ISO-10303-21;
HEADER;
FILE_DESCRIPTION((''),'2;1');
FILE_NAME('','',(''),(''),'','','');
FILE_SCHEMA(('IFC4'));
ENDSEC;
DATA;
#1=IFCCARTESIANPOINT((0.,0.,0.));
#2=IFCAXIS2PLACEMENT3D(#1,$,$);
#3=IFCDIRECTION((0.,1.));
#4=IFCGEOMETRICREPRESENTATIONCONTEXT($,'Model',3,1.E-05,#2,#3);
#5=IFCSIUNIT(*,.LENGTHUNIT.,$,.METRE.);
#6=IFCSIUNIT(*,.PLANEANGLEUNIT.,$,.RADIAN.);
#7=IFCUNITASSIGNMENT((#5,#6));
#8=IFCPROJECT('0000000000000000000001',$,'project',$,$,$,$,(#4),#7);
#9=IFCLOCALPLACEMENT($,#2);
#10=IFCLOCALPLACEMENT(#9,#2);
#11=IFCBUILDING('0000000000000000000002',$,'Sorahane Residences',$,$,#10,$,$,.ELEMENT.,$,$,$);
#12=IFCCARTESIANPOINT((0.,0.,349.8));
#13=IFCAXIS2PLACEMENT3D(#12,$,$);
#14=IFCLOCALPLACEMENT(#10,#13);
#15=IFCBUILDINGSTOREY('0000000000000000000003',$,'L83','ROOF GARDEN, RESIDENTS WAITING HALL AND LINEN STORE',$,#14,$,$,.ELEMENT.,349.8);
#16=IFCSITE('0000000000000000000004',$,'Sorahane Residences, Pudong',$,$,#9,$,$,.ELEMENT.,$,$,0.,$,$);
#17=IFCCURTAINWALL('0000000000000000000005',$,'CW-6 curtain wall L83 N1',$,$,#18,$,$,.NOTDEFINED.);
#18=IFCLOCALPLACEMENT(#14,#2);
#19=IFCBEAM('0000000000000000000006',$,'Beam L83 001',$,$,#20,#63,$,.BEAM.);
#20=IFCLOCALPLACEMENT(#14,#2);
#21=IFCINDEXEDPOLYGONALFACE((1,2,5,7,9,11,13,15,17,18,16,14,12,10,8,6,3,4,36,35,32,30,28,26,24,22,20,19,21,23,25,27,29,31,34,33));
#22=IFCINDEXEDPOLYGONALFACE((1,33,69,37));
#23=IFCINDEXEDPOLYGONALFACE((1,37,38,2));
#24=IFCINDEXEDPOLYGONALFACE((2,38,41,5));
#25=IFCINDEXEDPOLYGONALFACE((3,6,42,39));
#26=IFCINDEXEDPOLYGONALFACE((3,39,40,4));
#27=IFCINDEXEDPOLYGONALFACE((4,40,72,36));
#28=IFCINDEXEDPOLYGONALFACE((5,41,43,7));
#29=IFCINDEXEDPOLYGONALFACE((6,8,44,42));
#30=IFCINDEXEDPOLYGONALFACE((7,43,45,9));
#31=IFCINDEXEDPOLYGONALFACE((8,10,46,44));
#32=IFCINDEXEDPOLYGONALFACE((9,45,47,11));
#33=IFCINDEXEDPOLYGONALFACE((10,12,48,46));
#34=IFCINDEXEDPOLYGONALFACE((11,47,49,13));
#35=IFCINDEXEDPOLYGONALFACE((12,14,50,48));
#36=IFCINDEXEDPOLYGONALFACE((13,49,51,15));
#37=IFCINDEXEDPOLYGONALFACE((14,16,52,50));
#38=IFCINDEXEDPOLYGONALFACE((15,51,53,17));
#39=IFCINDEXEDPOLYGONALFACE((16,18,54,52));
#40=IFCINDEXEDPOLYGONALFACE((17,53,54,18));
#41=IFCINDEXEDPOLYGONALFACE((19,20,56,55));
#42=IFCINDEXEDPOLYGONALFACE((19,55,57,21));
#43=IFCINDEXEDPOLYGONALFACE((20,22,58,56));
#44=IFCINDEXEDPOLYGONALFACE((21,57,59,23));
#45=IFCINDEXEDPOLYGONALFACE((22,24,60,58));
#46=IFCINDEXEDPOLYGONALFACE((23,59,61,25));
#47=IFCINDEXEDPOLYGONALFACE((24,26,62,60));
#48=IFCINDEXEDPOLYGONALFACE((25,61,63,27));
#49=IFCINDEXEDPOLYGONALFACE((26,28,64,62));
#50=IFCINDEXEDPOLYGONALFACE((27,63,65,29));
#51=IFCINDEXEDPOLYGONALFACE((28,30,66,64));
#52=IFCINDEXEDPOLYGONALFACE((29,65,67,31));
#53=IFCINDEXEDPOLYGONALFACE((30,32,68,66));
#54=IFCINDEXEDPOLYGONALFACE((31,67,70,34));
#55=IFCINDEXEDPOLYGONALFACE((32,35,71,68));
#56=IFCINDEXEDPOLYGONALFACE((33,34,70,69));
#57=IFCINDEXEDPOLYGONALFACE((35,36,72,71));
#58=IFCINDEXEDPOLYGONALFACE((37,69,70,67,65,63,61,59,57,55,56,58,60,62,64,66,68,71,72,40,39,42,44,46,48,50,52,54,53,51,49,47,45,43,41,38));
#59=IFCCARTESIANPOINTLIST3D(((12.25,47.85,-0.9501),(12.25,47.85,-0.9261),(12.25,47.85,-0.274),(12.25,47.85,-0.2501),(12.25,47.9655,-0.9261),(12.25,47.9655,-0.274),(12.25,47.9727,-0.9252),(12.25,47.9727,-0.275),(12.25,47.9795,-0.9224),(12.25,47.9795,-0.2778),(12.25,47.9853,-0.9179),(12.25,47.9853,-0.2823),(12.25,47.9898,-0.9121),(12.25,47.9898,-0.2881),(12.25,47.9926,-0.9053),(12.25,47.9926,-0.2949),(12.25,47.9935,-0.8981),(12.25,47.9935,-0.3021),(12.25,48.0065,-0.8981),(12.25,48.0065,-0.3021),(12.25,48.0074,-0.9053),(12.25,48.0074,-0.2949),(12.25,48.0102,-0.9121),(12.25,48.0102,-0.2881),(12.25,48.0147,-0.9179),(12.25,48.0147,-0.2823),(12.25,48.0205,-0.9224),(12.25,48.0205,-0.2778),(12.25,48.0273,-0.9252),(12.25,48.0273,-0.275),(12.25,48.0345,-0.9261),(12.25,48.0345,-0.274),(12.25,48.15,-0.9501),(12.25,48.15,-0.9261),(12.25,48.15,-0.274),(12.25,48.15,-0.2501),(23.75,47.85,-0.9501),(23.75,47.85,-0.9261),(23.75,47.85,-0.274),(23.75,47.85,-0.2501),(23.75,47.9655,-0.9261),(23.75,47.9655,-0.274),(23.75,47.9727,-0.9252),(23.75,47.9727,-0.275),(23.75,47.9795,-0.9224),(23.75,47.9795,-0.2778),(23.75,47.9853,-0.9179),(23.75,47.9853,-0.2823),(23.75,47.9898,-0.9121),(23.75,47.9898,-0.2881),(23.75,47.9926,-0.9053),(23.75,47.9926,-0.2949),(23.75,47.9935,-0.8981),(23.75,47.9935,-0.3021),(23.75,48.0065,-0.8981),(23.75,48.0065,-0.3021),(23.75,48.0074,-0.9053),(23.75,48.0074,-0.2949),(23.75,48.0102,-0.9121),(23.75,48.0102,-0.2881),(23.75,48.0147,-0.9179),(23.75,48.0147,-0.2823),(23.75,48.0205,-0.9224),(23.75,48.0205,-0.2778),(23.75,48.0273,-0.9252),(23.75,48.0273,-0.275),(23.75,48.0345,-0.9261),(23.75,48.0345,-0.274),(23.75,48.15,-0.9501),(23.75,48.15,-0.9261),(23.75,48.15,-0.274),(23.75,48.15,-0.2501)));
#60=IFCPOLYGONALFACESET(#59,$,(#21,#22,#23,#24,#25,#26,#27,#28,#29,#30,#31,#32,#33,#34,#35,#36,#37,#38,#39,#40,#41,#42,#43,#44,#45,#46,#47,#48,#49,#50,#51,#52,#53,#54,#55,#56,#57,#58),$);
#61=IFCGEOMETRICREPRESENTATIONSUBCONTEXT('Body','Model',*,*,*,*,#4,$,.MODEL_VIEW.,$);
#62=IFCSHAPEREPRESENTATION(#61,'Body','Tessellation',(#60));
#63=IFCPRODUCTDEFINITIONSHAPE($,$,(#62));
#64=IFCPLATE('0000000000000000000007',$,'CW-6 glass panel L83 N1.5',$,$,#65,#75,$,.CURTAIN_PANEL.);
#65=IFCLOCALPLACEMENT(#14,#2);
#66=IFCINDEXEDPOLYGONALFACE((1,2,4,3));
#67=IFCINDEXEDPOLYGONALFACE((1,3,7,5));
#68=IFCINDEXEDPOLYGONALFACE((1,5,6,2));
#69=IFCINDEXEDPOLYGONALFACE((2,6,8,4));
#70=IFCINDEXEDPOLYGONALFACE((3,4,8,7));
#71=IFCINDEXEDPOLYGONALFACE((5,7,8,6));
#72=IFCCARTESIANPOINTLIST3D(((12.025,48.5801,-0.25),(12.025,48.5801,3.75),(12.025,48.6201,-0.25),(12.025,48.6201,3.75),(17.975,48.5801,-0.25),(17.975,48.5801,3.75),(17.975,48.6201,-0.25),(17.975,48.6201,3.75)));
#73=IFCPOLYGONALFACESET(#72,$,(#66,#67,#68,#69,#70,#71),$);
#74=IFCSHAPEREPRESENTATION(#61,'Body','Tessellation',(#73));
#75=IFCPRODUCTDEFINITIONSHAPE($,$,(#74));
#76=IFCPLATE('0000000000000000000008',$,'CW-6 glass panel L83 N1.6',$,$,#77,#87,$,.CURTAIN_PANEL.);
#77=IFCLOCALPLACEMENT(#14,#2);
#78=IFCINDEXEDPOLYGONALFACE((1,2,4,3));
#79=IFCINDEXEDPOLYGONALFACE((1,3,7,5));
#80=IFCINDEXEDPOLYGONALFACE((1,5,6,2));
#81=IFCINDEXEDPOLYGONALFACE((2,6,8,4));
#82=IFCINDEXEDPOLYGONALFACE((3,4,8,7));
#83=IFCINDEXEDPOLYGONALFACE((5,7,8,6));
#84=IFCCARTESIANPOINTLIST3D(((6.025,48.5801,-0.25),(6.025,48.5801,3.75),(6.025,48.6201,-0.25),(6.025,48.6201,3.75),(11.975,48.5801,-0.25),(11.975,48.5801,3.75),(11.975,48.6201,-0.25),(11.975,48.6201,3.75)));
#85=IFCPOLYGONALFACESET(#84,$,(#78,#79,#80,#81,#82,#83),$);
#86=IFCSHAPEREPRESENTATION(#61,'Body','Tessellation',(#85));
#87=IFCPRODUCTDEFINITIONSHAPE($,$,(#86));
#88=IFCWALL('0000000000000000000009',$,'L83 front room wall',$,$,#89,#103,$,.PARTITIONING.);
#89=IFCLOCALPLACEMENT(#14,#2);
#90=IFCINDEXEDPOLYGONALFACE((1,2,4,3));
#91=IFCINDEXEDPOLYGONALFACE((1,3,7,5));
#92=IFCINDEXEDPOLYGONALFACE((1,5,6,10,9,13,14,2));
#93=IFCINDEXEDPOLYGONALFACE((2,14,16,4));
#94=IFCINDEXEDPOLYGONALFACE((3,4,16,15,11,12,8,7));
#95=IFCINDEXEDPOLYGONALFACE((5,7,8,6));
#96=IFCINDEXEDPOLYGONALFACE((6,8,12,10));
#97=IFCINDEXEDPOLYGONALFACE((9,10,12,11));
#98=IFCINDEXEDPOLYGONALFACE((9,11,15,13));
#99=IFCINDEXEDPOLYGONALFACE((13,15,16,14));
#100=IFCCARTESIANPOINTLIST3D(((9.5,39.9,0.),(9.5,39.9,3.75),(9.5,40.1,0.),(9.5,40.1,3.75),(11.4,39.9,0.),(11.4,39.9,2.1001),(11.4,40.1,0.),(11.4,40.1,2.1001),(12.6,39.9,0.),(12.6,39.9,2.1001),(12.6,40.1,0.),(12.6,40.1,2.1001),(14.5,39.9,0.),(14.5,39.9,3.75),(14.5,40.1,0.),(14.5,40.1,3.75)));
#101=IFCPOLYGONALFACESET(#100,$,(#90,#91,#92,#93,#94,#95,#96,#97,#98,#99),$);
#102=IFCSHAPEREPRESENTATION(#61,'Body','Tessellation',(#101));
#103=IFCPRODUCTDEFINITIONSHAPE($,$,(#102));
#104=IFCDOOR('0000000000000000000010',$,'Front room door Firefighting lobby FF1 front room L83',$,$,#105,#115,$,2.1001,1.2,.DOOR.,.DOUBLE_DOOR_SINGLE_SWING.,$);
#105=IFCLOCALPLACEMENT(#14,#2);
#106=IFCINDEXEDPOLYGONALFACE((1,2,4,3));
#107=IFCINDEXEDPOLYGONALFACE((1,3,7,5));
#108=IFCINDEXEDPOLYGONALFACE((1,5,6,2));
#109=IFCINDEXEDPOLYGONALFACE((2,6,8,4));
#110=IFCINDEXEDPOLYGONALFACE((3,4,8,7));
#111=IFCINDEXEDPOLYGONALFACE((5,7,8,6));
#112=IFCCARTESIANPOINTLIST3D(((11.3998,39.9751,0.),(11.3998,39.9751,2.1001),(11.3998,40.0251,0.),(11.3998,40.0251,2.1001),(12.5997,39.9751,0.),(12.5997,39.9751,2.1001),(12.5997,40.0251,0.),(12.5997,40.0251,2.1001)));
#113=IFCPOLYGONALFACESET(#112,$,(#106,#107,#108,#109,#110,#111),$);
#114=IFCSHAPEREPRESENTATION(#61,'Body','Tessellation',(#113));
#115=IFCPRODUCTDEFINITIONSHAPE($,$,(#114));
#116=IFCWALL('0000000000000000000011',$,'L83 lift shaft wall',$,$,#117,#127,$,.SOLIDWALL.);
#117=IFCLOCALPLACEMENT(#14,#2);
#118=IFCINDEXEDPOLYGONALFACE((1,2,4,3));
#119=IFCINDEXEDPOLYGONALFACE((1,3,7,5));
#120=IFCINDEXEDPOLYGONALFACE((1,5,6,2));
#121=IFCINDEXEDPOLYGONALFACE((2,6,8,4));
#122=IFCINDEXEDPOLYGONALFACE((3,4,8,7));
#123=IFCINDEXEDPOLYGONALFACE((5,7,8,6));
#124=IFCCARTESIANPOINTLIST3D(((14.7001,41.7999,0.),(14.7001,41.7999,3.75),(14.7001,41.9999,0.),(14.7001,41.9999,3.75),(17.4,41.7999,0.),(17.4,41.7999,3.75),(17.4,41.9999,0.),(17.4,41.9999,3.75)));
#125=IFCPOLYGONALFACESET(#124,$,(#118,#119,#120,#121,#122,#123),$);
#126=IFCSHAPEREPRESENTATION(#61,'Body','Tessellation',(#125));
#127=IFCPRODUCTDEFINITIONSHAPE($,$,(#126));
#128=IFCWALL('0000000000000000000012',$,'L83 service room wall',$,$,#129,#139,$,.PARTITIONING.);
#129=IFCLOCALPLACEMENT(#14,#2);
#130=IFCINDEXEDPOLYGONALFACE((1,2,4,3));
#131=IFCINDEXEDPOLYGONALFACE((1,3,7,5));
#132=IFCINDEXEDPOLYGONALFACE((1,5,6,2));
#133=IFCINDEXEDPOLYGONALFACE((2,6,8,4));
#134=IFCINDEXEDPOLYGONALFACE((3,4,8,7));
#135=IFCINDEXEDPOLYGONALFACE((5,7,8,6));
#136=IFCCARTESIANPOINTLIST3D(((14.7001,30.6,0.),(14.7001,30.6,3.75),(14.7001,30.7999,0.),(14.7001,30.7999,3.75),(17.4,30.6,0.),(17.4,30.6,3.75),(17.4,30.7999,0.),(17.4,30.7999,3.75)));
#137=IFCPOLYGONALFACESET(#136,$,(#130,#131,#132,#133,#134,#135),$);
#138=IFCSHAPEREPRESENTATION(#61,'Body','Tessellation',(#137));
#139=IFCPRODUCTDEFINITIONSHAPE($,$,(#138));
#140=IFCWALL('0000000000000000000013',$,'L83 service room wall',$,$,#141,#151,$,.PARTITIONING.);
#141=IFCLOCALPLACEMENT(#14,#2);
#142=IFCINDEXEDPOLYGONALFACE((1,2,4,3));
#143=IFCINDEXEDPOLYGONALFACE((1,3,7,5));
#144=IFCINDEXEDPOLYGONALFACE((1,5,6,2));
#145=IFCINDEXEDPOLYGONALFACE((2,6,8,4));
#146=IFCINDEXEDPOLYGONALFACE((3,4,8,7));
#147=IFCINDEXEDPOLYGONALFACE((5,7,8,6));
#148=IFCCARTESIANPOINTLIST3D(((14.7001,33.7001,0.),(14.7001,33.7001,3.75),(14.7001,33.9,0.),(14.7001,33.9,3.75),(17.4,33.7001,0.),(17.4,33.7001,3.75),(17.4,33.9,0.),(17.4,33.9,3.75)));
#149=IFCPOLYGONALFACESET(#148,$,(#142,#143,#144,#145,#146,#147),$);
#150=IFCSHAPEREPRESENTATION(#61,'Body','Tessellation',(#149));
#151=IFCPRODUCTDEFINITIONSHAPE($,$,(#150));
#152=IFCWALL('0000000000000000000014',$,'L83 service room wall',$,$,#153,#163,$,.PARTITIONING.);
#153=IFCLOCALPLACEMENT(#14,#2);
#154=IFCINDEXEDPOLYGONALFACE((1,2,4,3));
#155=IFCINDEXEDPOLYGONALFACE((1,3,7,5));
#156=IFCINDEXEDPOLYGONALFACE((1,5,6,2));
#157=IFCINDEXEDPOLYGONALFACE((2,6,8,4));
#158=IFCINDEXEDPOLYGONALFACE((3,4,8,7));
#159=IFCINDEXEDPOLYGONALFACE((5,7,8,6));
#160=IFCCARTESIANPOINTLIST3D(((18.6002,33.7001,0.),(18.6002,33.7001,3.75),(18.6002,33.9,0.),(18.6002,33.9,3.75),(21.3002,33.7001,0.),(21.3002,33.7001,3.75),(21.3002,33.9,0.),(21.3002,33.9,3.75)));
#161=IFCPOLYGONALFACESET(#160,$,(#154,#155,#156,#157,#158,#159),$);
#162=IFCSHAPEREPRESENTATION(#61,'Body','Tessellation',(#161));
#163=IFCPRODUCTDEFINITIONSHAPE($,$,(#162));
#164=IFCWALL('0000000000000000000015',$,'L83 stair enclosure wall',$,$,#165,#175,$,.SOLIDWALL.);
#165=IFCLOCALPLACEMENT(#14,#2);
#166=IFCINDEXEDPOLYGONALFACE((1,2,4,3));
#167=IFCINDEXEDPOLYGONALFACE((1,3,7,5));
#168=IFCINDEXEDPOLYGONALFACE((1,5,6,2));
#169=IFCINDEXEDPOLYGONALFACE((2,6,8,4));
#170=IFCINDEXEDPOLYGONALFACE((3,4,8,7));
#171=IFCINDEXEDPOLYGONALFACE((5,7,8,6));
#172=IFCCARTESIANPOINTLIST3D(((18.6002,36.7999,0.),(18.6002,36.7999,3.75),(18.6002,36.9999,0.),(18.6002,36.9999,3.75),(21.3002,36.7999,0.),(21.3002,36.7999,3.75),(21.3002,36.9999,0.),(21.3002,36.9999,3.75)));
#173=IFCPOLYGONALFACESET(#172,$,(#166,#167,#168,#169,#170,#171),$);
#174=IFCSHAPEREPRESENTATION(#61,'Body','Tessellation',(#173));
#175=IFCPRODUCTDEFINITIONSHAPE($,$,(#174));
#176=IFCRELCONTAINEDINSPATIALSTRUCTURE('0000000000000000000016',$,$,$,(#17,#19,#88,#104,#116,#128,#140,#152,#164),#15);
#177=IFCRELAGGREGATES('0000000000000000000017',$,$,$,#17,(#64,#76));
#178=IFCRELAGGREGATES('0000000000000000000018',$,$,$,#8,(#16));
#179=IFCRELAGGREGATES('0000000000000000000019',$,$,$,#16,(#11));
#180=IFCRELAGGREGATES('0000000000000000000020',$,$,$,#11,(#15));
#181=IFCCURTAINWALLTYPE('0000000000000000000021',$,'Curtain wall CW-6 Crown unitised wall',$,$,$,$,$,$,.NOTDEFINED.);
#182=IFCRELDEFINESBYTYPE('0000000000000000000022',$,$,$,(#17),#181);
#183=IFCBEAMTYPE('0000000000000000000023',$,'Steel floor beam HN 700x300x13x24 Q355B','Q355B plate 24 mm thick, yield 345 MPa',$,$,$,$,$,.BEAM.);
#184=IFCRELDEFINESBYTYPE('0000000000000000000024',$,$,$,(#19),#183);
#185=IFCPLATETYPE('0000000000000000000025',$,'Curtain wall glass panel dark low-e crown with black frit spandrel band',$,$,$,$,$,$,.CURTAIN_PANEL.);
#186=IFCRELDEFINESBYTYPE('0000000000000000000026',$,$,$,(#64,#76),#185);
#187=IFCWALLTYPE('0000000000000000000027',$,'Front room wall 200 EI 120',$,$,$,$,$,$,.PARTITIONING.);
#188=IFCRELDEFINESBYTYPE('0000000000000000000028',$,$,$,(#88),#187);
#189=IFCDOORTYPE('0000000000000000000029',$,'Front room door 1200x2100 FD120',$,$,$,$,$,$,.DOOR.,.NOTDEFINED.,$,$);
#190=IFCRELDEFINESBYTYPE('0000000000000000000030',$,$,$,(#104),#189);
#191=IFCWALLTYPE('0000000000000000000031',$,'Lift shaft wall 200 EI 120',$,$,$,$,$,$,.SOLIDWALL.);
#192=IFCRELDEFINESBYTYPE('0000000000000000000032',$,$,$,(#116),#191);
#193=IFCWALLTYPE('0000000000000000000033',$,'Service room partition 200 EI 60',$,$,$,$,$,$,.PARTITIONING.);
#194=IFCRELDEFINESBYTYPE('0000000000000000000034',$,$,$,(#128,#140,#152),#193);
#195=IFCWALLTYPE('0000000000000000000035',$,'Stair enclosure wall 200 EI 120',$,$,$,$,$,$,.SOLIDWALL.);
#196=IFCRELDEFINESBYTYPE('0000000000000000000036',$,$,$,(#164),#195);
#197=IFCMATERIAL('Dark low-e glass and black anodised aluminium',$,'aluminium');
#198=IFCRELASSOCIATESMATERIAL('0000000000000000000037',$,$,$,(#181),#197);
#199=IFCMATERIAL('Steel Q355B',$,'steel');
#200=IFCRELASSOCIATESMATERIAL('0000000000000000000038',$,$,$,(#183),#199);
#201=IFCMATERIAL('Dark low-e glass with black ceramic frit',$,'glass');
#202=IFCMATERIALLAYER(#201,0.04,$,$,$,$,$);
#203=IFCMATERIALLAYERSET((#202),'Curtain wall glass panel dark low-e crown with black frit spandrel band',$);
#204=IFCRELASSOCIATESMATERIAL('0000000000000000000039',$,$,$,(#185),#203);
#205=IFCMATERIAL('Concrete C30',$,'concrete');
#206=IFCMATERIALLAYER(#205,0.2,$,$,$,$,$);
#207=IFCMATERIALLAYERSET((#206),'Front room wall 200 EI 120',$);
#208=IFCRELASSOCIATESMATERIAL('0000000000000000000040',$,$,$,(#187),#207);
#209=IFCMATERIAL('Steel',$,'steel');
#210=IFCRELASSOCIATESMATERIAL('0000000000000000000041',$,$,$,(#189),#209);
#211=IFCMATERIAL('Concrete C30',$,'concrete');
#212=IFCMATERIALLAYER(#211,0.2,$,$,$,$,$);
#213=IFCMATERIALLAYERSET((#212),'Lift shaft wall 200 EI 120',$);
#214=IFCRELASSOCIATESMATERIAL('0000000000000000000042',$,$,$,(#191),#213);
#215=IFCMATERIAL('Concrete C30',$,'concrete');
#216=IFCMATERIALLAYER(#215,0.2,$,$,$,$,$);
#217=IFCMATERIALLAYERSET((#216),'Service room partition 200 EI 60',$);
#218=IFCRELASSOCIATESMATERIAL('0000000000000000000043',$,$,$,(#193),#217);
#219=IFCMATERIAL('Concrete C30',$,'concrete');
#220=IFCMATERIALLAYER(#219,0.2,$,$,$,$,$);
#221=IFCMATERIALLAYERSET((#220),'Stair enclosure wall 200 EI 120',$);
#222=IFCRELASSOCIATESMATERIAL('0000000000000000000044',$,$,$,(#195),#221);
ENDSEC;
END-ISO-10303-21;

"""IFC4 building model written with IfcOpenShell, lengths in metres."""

from ifc_helpers import new_model, si_unit, direction, frame, frame_2d, origin, origin_2d, place, context, subcontext, project, spatial, rectangle, i_section, extrude, material, layer, layer_set, material_profile, profile_set, type_object, element, fill, aggregate, save


model = new_model("IFC4")

# Units and contexts
model_context = context("Model", 3, precision=1e-05, world=origin(), true_north=direction((0.0, 1.0)))
body_context = subcontext(model_context, "Body", "Model", "MODEL_VIEW")
ifc_project = project(units=[si_unit("LENGTHUNIT", "METRE"), si_unit("PLANEANGLEUNIT", "RADIAN")], contexts=[model_context])

# Site, building, storey
site_placement = place(None, origin())
site = spatial("IfcSite", under=ifc_project, at=site_placement, Name="Sorahane Residences, Pudong", CompositionType="ELEMENT", RefElevation=0.0)
building_placement = place(site_placement, origin())
building = spatial("IfcBuilding", under=site, at=building_placement, Name="Sorahane Residences", CompositionType="ELEMENT")
storey_placement = place(building_placement, frame((0.0, 0.0, 349.8)))
storey = spatial("IfcBuildingStorey", under=building, at=storey_placement, Name="L83", Description="ROOF GARDEN, RESIDENTS WAITING HALL AND LINEN STORE", CompositionType="ELEMENT", Elevation=349.8)

# Curtain wall
ifc_material_1 = material(Name="Dark low-e glass and black anodised aluminium", Category="aluminium")
curtain_wall_type = type_object("IfcCurtainWallType", Name="Curtain wall CW-6 Crown unitised wall", PredefinedType="NOTDEFINED", material=ifc_material_1)
curtain_wall_placement = place(storey_placement, origin())
curtain_wall = element("IfcCurtainWall", 1, at=curtain_wall_placement, inside=storey, type_object=curtain_wall_type, Name="CW-6 curtain wall L83 N1", PredefinedType="NOTDEFINED")

# Beam
ifc_material_2 = material(Name="Steel Q355B", Category="steel")
ifc_material_profile_1 = material_profile(ifc_material_2, i_section(OverallWidth=0.3, OverallDepth=0.7, WebThickness=0.0129, FlangeThickness=0.0239, FilletRadius=0.0281, at=origin_2d()), Name="HN 700x300x13x24")
ifc_profile_set_1 = profile_set([ifc_material_profile_1], Name="Steel Q355B")
beam_type_1 = type_object("IfcBeamType", Name="Steel floor beam HN 700x300x13x24 Q355B", Description="Q355B plate 24 mm thick, yield 345 MPa", PredefinedType="BEAM", material=ifc_profile_set_1)
beam_1_placement = place(storey_placement, frame((12.25, 48.0, -0.6001), z_axis=(1.0, 0.0, 0.0), x_axis=(0.0, 1.0, 0.0)))
element("IfcBeam", 2, at=beam_1_placement, inside=storey, type_object=beam_type_1, Name="Beam L83 001", PredefinedType="BEAM", context=body_context, shape_type="SweptSolid", body=[
    extrude(i_section(OverallWidth=0.3, OverallDepth=0.7, WebThickness=0.0129, FlangeThickness=0.0239, FilletRadius=0.0281, at=origin_2d()), origin(), (0.0, 0.0, 1.0), 11.5),
])

# Plates
ifc_material_3 = material(Name="Dark low-e glass with black ceramic frit", Category="glass")
ifc_layer_1 = layer(ifc_material_3, 0.04)
ifc_layer_set_1 = layer_set([ifc_layer_1], Name="Curtain wall glass panel dark low-e crown with black frit spandrel band")
plate_type = type_object("IfcPlateType", Name="Curtain wall glass panel dark low-e crown with black frit spandrel band", PredefinedType="CURTAIN_PANEL", material=ifc_layer_set_1)
plate_1_placement = place(storey_placement, frame((15.0, 48.6001, -0.25), z_axis=(0.0, 0.0, 1.0), x_axis=(-1.0, 0.0, 0.0)))
plate_1 = element("IfcPlate", 3, at=plate_1_placement, type_object=plate_type, Name="CW-6 glass panel L83 N1.5", PredefinedType="CURTAIN_PANEL", context=body_context, shape_type="SweptSolid", body=[
    extrude(rectangle(XDim=5.95, YDim=0.04, at=origin_2d()), origin(), (0.0, 0.0, 1.0), 4.0),
])
plate_2_placement = place(storey_placement, frame((9.0, 48.6001, -0.25), z_axis=(0.0, 0.0, 1.0), x_axis=(-1.0, 0.0, 0.0)))
plate_2 = element("IfcPlate", 4, at=plate_2_placement, type_object=plate_type, Name="CW-6 glass panel L83 N1.6", PredefinedType="CURTAIN_PANEL", context=body_context, shape_type="SweptSolid", body=[
    extrude(rectangle(XDim=5.95, YDim=0.04, at=origin_2d()), origin(), (0.0, 0.0, 1.0), 4.0),
])
aggregate(curtain_wall, [plate_1, plate_2])

# Wall, opening, door
ifc_material_4 = material(Name="Concrete C30", Category="concrete")
ifc_layer_2 = layer(ifc_material_4, 0.2)
ifc_layer_set_2 = layer_set([ifc_layer_2], Name="Front room wall 200 EI 120")
wall_type_1 = type_object("IfcWallType", Name="Front room wall 200 EI 120", PredefinedType="PARTITIONING", material=ifc_layer_set_2)
wall_1_placement = place(storey_placement, frame((9.5, 40.0, 0.0), z_axis=(0.0, 0.0, 1.0), x_axis=(1.0, 0.0, 0.0)))
wall_1 = element("IfcWall", 5, at=wall_1_placement, inside=storey, type_object=wall_type_1, Name="L83 front room wall", PredefinedType="PARTITIONING", context=body_context, shape_type="SweptSolid", body=[
    extrude(rectangle(XDim=5.0, YDim=0.2, at=frame_2d((2.5, 0.0))), origin(), (0.0, 0.0, 1.0), 3.75),
])
opening_placement = place(wall_1_placement, frame((1.8999, 0.0, 0.0)))
opening = element("IfcOpeningElement", 6, at=opening_placement, cuts=wall_1, PredefinedType="OPENING", context=body_context, shape_type="SweptSolid", body=[
    extrude(rectangle(XDim=1.2, YDim=2.1001, at=frame_2d((0.6001, 1.05))), frame((0.0, 0.1099, 0.0), z_axis=(0.0, -1.0, 0.0), x_axis=(1.0, 0.0, 0.0)), (0.0, 0.0, 1.0), 0.22),
])
ifc_material_5 = material(Name="Steel", Category="steel")
door_type = type_object("IfcDoorType", Name="Front room door 1200x2100 FD120", OperationType="NOTDEFINED", PredefinedType="DOOR", material=ifc_material_5)
door_placement = place(opening_placement, frame((1.2, 0.0, 0.0), z_axis=(0.0, 0.0, 1.0), x_axis=(-1.0, 0.0, 0.0)))
door = element("IfcDoor", 7, at=door_placement, inside=storey, type_object=door_type, Name="Front room door Firefighting lobby FF1 front room L83", OperationType="DOUBLE_DOOR_SINGLE_SWING", OverallHeight=2.1001, OverallWidth=1.2, PredefinedType="DOOR", context=body_context, shape_type="SweptSolid", body=[
    extrude(rectangle(XDim=1.2, YDim=2.1001, at=frame_2d((0.6001, 1.05))), frame((0.0, 0.0249, 0.0), z_axis=(0.0, -1.0, 0.0), x_axis=(1.0, 0.0, 0.0)), (0.0, 0.0, 1.0), 0.05),
])
fill(opening, door)

# Walls
ifc_material_6 = material(Name="Concrete C30", Category="concrete")
ifc_layer_3 = layer(ifc_material_6, 0.2)
ifc_layer_set_3 = layer_set([ifc_layer_3], Name="Lift shaft wall 200 EI 120")
wall_type_2 = type_object("IfcWallType", Name="Lift shaft wall 200 EI 120", PredefinedType="SOLIDWALL", material=ifc_layer_set_3)
wall_2_placement = place(storey_placement, frame((14.7, 41.8999, 0.0), z_axis=(0.0, 0.0, 1.0), x_axis=(1.0, 0.0, 0.0)))
element("IfcWall", 8, at=wall_2_placement, inside=storey, type_object=wall_type_2, Name="L83 lift shaft wall", PredefinedType="SOLIDWALL", context=body_context, shape_type="SweptSolid", body=[
    extrude(rectangle(XDim=2.7, YDim=0.2, at=frame_2d((1.3501, 0.0))), origin(), (0.0, 0.0, 1.0), 3.75),
])
ifc_material_7 = material(Name="Concrete C30", Category="concrete")
ifc_layer_4 = layer(ifc_material_7, 0.2)
ifc_layer_set_4 = layer_set([ifc_layer_4], Name="Service room partition 200 EI 60")
wall_type_3 = type_object("IfcWallType", Name="Service room partition 200 EI 60", PredefinedType="PARTITIONING", material=ifc_layer_set_4)
for number, where, z_axis, x_axis, name in (
    (9, (14.7, 30.7, 0.0), (0.0, 0.0, 1.0), (1.0, 0.0, 0.0), "L83 service room wall"),
    (10, (14.7, 33.8, 0.0), (0.0, 0.0, 1.0), (1.0, 0.0, 0.0), "L83 service room wall"),
    (11, (18.6001, 33.8, 0.0), (0.0, 0.0, 1.0), (1.0, 0.0, 0.0), "L83 service room wall"),
):
    element("IfcWall", number, at=place(storey_placement, frame(where, z_axis=z_axis, x_axis=x_axis)), inside=storey, type_object=wall_type_3, Name=name, PredefinedType="PARTITIONING", context=body_context, shape_type="SweptSolid", body=[
        extrude(rectangle(XDim=2.7, YDim=0.2, at=frame_2d((1.3501, 0.0))), origin(), (0.0, 0.0, 1.0), 3.75),
    ])
ifc_material_8 = material(Name="Concrete C30", Category="concrete")
ifc_layer_5 = layer(ifc_material_8, 0.2)
ifc_layer_set_5 = layer_set([ifc_layer_5], Name="Stair enclosure wall 200 EI 120")
wall_type_4 = type_object("IfcWallType", Name="Stair enclosure wall 200 EI 120", PredefinedType="SOLIDWALL", material=ifc_layer_set_5)
wall_3_placement = place(storey_placement, frame((18.6001, 36.8999, 0.0), z_axis=(0.0, 0.0, 1.0), x_axis=(1.0, 0.0, 0.0)))
element("IfcWall", 12, at=wall_3_placement, inside=storey, type_object=wall_type_4, Name="L83 stair enclosure wall", PredefinedType="SOLIDWALL", context=body_context, shape_type="SweptSolid", body=[
    extrude(rectangle(XDim=2.7, YDim=0.2, at=frame_2d((1.3501, 0.0))), origin(), (0.0, 0.0, 1.0), 3.75),
])

save(model, "model.ifc")
